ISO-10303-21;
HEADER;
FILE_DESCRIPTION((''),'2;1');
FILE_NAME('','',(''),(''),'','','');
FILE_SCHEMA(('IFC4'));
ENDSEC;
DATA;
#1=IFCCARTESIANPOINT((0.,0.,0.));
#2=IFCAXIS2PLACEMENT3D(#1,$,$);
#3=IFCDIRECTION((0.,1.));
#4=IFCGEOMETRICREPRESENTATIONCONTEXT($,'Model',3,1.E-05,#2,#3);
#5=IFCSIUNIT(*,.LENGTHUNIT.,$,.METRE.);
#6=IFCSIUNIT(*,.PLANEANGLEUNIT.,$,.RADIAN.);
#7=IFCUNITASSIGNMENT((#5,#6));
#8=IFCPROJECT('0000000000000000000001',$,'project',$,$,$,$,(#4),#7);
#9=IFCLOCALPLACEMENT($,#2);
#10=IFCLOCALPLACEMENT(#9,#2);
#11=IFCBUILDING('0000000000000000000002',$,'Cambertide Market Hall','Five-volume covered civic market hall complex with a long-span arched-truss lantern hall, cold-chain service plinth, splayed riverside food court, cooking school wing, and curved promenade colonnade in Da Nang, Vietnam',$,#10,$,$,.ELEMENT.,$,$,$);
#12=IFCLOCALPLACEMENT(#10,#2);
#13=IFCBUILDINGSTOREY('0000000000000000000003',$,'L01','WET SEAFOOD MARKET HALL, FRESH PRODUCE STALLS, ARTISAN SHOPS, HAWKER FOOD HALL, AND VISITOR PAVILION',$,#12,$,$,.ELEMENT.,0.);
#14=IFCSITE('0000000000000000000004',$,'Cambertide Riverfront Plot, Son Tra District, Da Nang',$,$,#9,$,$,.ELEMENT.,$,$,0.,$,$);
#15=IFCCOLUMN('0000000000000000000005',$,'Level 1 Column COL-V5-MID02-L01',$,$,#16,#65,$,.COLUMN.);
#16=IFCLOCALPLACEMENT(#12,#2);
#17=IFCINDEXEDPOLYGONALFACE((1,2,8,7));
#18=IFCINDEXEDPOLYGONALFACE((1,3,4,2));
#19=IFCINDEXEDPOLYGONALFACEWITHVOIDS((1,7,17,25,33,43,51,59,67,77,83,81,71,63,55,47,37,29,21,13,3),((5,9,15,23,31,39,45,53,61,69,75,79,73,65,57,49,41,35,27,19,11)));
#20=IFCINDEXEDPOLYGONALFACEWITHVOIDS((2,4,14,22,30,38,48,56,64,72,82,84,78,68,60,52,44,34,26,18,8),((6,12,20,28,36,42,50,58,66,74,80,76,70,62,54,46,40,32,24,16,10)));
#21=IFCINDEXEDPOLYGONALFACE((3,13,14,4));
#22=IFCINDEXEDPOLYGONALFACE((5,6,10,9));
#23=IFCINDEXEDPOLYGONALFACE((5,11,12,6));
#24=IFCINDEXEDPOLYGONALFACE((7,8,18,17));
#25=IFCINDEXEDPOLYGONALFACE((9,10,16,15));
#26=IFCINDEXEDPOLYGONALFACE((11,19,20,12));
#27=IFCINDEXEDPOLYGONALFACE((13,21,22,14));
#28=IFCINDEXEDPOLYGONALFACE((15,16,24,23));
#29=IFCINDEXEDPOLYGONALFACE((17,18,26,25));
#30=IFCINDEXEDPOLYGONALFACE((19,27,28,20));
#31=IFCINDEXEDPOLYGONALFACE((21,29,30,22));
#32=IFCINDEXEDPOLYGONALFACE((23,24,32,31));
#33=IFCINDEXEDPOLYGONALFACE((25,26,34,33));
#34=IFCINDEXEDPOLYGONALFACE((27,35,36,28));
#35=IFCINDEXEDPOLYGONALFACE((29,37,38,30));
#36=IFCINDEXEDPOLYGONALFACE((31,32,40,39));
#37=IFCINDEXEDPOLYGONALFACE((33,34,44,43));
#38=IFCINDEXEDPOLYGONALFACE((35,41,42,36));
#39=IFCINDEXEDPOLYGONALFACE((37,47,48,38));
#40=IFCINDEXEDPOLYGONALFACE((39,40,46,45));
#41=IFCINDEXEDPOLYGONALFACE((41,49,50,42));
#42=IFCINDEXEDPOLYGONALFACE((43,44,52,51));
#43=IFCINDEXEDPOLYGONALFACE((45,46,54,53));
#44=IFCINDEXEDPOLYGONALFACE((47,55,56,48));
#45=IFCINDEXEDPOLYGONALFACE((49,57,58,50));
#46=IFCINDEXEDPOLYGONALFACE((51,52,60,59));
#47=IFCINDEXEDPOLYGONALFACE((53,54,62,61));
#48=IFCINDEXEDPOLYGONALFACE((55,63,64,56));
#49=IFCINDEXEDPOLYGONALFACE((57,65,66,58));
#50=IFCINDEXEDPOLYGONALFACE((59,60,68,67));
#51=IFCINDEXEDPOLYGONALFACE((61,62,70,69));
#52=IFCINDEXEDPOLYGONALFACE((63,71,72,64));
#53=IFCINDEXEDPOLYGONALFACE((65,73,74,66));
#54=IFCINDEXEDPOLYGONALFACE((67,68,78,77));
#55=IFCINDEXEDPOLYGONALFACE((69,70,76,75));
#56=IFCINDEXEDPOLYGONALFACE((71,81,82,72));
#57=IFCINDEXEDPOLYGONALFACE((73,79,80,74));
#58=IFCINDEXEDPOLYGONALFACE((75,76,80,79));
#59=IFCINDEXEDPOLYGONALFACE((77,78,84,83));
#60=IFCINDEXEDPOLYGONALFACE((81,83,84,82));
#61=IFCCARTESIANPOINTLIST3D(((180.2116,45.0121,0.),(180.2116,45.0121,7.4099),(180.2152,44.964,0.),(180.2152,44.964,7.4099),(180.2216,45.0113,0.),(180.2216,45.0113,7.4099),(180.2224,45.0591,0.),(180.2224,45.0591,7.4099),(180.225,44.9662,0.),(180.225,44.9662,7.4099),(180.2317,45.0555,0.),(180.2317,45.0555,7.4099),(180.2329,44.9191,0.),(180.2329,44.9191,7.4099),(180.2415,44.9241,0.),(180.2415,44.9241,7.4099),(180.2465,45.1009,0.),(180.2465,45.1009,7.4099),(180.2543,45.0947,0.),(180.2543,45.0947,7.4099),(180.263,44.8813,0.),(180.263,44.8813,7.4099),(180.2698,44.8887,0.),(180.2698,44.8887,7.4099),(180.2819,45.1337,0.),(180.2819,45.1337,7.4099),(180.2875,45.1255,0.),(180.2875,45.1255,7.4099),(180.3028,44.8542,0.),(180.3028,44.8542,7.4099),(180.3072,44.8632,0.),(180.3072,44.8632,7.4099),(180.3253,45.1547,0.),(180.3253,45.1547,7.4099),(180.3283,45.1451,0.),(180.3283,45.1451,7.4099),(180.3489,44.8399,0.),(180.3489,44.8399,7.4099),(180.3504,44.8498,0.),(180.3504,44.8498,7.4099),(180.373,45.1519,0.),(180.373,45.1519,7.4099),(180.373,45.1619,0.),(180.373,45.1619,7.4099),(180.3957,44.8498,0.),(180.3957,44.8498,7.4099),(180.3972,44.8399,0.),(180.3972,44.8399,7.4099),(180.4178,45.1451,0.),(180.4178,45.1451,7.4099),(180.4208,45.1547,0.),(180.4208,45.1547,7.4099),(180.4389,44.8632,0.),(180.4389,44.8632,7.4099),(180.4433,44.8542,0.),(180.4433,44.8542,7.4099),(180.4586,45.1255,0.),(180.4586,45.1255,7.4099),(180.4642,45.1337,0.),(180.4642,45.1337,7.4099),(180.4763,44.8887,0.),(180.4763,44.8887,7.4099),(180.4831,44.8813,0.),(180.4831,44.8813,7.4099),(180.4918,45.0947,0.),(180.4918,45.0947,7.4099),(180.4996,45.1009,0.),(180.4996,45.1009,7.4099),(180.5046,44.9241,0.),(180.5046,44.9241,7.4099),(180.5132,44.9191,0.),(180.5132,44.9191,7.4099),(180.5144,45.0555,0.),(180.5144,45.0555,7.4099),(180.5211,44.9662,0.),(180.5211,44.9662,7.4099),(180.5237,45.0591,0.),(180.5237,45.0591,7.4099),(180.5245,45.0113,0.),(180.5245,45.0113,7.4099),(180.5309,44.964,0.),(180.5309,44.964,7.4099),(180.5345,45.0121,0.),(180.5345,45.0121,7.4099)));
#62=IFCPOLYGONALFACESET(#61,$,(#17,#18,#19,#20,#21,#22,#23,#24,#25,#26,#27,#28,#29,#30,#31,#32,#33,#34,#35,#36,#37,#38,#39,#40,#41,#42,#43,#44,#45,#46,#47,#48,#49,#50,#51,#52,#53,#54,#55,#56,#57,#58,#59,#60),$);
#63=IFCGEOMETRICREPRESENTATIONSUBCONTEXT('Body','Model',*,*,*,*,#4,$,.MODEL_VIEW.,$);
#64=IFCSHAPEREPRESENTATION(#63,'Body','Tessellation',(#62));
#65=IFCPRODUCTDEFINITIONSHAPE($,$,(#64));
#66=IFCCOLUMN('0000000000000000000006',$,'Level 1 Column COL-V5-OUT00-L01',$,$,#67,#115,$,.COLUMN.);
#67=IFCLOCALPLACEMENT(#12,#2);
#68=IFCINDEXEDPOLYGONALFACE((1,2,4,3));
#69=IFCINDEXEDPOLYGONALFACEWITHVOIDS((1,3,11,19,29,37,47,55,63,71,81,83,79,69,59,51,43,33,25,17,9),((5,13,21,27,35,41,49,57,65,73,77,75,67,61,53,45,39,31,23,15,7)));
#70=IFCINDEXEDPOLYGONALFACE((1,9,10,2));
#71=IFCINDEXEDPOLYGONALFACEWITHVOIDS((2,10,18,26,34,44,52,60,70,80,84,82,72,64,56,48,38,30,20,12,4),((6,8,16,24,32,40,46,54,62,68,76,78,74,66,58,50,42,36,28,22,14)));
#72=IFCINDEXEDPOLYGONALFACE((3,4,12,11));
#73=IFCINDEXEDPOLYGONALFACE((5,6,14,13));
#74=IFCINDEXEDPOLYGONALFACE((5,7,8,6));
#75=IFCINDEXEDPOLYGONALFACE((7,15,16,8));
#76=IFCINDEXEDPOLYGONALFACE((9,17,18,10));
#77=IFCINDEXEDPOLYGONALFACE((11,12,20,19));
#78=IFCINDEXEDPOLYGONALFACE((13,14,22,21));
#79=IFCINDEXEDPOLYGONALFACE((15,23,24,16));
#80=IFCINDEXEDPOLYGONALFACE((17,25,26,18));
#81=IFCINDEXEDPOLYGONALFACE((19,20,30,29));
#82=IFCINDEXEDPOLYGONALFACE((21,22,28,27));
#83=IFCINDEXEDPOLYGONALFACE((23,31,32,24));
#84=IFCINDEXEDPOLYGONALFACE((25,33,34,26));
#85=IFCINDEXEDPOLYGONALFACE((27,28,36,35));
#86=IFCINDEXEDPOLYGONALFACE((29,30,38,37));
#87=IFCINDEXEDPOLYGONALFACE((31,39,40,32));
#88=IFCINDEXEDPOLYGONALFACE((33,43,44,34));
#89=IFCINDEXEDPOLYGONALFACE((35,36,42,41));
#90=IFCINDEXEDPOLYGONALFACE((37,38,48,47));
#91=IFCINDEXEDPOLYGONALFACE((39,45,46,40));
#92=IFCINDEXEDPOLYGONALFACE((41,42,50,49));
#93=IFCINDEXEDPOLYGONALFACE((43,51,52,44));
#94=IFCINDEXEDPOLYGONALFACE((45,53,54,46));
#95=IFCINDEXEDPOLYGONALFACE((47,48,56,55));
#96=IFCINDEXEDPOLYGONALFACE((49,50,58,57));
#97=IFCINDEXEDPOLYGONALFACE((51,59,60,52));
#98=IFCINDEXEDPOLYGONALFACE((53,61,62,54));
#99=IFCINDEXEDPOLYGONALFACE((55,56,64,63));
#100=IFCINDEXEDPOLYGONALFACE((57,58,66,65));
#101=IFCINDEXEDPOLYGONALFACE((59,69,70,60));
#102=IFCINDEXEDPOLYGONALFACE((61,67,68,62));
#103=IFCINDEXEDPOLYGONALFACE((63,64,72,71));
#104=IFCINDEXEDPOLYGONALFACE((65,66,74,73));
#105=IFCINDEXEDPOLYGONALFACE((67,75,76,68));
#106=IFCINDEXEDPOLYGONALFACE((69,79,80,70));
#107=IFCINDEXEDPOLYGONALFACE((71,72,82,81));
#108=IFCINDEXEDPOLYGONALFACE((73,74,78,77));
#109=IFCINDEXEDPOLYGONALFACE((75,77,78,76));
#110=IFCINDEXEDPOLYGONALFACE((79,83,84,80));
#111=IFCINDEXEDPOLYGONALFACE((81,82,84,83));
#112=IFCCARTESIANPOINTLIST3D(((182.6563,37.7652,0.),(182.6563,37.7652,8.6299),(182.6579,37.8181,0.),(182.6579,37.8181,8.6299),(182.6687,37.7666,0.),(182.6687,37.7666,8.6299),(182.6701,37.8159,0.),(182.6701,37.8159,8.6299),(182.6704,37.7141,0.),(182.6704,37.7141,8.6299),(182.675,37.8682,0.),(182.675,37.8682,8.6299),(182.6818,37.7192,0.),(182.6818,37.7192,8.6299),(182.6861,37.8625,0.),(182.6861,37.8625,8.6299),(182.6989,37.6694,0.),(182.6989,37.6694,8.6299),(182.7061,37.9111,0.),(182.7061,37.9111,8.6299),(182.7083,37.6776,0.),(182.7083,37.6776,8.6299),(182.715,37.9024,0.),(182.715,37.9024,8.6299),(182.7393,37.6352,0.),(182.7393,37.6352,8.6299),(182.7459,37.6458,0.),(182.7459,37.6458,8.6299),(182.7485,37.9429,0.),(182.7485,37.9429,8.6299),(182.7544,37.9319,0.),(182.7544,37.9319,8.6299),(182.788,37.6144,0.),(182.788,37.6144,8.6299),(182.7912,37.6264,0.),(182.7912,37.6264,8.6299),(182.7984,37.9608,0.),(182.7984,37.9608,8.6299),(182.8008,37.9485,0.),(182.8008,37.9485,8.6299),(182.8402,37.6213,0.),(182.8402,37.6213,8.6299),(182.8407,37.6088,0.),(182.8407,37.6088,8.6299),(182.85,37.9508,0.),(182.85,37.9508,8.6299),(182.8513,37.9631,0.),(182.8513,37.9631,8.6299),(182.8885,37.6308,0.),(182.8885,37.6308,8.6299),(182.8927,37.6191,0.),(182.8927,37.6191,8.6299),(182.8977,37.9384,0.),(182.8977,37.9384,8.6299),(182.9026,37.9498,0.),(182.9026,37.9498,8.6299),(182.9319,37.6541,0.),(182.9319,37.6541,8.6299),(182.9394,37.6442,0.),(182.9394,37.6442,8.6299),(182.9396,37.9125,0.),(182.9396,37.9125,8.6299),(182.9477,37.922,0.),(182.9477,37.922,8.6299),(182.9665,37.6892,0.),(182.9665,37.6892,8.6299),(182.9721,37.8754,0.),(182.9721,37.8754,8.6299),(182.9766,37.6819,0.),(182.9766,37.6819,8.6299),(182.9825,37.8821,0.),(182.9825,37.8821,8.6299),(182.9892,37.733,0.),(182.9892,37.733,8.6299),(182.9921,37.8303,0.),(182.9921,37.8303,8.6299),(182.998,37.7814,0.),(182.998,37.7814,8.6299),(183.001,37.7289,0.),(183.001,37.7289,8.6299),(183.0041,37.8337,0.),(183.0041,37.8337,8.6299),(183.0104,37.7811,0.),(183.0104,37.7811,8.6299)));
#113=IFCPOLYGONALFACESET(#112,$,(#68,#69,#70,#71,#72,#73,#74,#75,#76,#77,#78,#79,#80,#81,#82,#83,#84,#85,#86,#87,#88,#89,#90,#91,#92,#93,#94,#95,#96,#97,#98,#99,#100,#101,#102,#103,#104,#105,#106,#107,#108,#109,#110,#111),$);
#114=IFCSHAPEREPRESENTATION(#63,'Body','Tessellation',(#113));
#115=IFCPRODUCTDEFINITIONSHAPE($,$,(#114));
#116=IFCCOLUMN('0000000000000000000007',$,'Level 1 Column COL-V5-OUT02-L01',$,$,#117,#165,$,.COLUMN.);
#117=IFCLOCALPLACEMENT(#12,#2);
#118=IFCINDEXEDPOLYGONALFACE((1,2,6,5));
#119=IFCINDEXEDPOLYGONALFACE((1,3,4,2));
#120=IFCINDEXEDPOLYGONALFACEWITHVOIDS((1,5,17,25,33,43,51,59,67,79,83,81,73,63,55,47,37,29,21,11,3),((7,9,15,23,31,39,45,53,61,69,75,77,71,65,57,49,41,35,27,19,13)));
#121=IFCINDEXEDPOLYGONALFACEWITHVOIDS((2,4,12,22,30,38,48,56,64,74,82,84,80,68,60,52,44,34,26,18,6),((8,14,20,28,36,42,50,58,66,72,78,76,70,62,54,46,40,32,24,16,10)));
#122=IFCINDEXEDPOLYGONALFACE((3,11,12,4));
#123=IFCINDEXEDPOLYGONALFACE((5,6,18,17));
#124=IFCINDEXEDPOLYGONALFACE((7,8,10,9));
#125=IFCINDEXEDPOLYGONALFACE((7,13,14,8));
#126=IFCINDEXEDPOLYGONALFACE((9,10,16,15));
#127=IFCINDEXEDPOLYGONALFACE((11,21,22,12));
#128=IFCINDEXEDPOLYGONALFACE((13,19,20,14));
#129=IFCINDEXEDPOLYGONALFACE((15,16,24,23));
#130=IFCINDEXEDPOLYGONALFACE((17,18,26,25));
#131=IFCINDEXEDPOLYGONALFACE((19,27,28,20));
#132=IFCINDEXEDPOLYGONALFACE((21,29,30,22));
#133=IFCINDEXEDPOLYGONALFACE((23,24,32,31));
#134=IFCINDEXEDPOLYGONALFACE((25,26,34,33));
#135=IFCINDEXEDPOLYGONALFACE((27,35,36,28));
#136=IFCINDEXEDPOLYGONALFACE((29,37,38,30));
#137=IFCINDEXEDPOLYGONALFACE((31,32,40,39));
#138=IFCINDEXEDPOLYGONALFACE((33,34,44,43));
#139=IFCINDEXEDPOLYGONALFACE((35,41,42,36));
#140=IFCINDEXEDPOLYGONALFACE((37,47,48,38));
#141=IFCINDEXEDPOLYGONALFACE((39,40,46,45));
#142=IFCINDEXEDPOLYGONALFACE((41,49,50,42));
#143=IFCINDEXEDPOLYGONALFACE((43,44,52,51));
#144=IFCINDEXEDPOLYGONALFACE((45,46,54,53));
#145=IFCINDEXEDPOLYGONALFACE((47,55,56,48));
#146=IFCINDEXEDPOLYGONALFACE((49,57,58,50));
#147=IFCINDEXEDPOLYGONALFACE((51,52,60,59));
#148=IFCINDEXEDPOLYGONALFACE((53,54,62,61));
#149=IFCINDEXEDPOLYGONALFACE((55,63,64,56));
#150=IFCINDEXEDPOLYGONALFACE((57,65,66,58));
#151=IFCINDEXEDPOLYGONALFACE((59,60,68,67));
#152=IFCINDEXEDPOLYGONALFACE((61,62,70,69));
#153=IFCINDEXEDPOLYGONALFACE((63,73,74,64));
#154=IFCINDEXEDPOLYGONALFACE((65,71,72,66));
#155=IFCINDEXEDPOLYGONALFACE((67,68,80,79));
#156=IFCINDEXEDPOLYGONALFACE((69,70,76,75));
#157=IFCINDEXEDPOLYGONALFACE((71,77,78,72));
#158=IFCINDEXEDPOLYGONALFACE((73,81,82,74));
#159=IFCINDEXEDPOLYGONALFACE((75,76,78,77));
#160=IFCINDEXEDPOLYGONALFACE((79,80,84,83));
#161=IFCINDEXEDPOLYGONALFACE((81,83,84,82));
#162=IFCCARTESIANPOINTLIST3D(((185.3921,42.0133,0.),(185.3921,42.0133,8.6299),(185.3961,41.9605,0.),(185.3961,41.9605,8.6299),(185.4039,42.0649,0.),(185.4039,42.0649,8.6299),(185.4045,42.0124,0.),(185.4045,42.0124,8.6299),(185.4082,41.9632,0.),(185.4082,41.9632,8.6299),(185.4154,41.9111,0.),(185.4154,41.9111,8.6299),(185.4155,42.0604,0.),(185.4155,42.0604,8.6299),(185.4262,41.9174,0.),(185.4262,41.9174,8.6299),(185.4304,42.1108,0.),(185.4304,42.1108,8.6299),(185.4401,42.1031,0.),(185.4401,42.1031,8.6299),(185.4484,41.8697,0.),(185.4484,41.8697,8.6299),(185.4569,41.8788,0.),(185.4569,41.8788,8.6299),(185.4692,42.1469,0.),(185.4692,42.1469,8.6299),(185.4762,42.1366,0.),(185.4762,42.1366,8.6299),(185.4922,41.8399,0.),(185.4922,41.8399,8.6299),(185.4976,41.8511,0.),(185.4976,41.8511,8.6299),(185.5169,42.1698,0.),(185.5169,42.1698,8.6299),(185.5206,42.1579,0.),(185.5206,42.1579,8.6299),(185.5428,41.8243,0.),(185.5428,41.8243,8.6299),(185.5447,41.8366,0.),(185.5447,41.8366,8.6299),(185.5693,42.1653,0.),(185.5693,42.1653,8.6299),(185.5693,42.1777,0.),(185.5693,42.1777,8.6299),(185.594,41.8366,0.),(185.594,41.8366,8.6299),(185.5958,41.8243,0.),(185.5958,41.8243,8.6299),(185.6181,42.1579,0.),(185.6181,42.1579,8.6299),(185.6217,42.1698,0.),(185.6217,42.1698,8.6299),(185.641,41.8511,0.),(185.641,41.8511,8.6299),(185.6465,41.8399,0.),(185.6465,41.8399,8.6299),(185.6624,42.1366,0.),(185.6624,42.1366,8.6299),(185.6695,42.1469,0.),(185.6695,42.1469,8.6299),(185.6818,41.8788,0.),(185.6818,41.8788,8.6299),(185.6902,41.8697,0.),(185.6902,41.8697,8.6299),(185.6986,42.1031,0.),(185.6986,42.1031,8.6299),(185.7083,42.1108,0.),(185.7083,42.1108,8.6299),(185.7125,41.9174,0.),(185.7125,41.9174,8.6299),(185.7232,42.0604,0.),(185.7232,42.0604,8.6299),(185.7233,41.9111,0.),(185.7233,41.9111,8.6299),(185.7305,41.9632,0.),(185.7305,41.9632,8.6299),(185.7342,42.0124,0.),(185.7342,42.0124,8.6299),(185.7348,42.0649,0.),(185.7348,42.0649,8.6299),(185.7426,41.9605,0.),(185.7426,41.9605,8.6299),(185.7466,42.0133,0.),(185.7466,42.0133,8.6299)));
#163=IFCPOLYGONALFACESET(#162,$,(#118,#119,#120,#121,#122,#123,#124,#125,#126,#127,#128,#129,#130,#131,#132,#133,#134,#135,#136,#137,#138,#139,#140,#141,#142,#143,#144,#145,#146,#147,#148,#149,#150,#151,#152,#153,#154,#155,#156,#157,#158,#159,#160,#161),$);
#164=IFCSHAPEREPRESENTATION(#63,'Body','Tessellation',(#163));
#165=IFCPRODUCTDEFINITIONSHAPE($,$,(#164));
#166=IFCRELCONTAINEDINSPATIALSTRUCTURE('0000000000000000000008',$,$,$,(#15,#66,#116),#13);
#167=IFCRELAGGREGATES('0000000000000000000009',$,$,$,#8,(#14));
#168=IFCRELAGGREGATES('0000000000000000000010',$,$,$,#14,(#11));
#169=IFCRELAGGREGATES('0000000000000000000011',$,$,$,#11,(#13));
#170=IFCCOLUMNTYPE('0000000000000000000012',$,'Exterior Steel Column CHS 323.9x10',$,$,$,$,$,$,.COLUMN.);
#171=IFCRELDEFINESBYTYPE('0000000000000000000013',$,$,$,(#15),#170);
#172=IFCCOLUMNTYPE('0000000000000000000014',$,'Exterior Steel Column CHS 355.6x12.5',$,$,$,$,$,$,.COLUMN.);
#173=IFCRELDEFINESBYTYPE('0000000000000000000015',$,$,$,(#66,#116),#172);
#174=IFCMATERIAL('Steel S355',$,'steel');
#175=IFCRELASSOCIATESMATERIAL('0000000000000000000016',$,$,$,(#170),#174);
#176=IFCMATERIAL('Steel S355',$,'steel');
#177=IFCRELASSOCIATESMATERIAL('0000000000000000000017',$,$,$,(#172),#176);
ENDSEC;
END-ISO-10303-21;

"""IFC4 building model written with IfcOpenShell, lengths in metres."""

from ifc_helpers import new_model, si_unit, direction, frame, origin, origin_2d, place, context, subcontext, project, spatial, hollow_circle, extrude, material, material_profile, profile_set, type_object, element, save


model = new_model("IFC4")

# Units and contexts
model_context = context("Model", 3, precision=1e-05, world=origin(), true_north=direction((0.0, 1.0)))
body_context = subcontext(model_context, "Body", "Model", "MODEL_VIEW")
ifc_project = project(units=[si_unit("LENGTHUNIT", "METRE"), si_unit("PLANEANGLEUNIT", "RADIAN")], contexts=[model_context])

# Site, building, storey
site_placement = place(None, origin())
site = spatial("IfcSite", under=ifc_project, at=site_placement, Name="Cambertide Riverfront Plot, Son Tra District, Da Nang", CompositionType="ELEMENT", RefElevation=0.0)
building_placement = place(site_placement, origin())
building = spatial("IfcBuilding", under=site, at=building_placement, Name="Cambertide Market Hall", Description="Five-volume covered civic market hall complex with a long-span arched-truss lantern hall, cold-chain service plinth, splayed riverside food court, cooking school wing, and curved promenade colonnade in Da Nang, Vietnam", CompositionType="ELEMENT")
storey_placement = place(building_placement, origin())
storey = spatial("IfcBuildingStorey", under=building, at=storey_placement, Name="L01", Description="WET SEAFOOD MARKET HALL, FRESH PRODUCE STALLS, ARTISAN SHOPS, HAWKER FOOD HALL, AND VISITOR PAVILION", CompositionType="ELEMENT", Elevation=0.0)

# Columns
ifc_material_1 = material(Name="Steel S355", Category="steel")
ifc_material_profile_1 = material_profile(ifc_material_1, hollow_circle(Radius=0.1619, WallThickness=0.01, at=origin_2d()), Name="CHS 323.9x10")
ifc_profile_set_1 = profile_set([ifc_material_profile_1], Name="Steel S355")
column_type_1 = type_object("IfcColumnType", Name="Exterior Steel Column CHS 323.9x10", PredefinedType="COLUMN", material=ifc_profile_set_1)
column_placement = place(storey_placement, frame((180.373, 45.0, 0.0), z_axis=(0.0, 0.0, 1.0), x_axis=(0.866025, -0.5, 0.0)))
element("IfcColumn", 1, at=column_placement, inside=storey, type_object=column_type_1, Name="Level 1 Column COL-V5-MID02-L01", PredefinedType="COLUMN", context=body_context, shape_type="SweptSolid", body=[
    extrude(hollow_circle(Radius=0.1619, WallThickness=0.01, at=origin_2d()), origin(), (0.0, 0.0, 1.0), 7.4099),
])
ifc_material_2 = material(Name="Steel S355", Category="steel")
ifc_material_profile_2 = material_profile(ifc_material_2, hollow_circle(Radius=0.1777, WallThickness=0.0125, at=origin_2d()), Name="CHS 355.6x12.5")
ifc_profile_set_2 = profile_set([ifc_material_profile_2], Name="Steel S355")
column_type_2 = type_object("IfcColumnType", Name="Exterior Steel Column CHS 355.6x12.5", PredefinedType="COLUMN", material=ifc_profile_set_2)
for number, where, z_axis, x_axis, name in (
    (2, (182.8328, 37.7864, 0.0), (0.0, 0.0, 1.0), (0.809017, -0.587785, 0.0), "Level 1 Column COL-V5-OUT00-L01"),
    (3, (185.5693, 42.0, 0.0), (0.0, 0.0, 1.0), (0.866025, -0.5, 0.0), "Level 1 Column COL-V5-OUT02-L01"),
):
    element("IfcColumn", number, at=place(storey_placement, frame(where, z_axis=z_axis, x_axis=x_axis)), inside=storey, type_object=column_type_2, Name=name, PredefinedType="COLUMN", context=body_context, shape_type="SweptSolid", body=[
        extrude(hollow_circle(Radius=0.1777, WallThickness=0.0125, at=origin_2d()), origin(), (0.0, 0.0, 1.0), 8.6299),
    ])

save(model, "model.ifc")
